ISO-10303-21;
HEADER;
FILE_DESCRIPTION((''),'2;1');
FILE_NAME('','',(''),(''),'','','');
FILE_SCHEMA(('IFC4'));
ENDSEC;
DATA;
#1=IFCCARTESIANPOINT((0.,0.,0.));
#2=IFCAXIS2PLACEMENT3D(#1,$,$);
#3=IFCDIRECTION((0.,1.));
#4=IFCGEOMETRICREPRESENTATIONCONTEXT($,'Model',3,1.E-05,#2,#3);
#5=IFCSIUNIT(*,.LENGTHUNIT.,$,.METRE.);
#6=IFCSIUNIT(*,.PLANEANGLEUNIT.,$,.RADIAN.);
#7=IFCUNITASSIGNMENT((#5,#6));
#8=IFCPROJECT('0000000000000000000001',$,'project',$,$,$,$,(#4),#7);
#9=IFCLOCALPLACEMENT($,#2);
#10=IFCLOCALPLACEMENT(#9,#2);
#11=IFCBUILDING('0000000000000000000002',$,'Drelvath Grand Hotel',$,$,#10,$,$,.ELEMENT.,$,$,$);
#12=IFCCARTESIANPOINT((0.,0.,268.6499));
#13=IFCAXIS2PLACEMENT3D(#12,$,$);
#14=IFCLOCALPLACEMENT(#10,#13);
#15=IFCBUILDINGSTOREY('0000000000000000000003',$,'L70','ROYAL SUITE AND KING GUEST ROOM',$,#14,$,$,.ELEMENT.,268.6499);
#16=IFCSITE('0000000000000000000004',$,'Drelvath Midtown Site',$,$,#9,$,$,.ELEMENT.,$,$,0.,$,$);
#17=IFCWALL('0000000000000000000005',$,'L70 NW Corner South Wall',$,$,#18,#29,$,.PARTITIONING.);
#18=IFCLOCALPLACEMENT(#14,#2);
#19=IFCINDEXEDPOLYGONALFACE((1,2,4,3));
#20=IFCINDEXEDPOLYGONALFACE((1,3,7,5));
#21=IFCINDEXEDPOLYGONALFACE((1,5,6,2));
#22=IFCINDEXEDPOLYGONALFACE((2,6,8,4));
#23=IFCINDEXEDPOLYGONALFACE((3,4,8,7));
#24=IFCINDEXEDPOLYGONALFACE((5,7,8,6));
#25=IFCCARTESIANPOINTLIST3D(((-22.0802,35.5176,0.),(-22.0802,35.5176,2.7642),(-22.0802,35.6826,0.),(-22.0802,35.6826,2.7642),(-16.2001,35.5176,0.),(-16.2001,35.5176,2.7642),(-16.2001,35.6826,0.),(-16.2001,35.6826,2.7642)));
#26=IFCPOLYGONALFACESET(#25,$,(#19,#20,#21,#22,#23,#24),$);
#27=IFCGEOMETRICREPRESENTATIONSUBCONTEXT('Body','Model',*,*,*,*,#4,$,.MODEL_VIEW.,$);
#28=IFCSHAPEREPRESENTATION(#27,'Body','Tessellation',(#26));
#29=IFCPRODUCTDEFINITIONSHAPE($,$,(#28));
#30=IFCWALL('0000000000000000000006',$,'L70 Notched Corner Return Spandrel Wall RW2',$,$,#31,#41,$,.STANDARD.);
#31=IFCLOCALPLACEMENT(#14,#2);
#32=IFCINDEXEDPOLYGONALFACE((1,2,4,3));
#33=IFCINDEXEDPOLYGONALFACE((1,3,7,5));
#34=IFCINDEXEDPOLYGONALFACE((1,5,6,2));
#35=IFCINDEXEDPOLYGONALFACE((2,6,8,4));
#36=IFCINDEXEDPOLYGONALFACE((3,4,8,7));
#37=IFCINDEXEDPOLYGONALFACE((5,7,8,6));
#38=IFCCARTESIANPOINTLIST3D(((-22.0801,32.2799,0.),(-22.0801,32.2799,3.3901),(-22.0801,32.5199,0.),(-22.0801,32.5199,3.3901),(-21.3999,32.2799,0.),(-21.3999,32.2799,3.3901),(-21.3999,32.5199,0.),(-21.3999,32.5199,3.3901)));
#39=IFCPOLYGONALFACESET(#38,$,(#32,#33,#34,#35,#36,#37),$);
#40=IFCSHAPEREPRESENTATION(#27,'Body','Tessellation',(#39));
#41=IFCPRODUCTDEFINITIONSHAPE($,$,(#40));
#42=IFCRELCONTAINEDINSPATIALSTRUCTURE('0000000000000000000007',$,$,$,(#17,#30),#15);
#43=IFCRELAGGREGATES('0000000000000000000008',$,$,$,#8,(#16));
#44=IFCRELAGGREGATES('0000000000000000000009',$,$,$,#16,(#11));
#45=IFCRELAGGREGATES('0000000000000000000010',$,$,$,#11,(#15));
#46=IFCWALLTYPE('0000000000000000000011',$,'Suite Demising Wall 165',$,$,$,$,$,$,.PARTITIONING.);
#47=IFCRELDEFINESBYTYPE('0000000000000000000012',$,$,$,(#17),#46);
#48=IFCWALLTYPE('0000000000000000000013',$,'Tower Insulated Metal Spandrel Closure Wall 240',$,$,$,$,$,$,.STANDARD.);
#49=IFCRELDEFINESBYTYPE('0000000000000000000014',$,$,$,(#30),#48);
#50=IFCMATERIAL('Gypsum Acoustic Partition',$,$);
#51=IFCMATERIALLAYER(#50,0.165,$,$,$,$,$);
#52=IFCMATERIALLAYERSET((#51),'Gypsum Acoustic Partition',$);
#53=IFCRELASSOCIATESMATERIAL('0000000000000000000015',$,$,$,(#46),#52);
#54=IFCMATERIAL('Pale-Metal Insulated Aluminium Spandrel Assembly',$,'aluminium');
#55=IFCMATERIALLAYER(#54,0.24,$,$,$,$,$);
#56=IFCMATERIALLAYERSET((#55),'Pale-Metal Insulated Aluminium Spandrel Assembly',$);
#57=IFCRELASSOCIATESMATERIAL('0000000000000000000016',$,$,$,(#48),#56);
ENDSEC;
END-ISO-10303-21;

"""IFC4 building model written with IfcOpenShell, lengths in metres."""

from ifc_helpers import new_model, si_unit, direction, frame, frame_2d, origin, place, context, subcontext, project, spatial, rectangle, extrude, material, layer, layer_set, type_object, element, save


model = new_model("IFC4")

# Units and contexts
model_context = context("Model", 3, precision=1e-05, world=origin(), true_north=direction((0.0, 1.0)))
body_context = subcontext(model_context, "Body", "Model", "MODEL_VIEW")
ifc_project = project(units=[si_unit("LENGTHUNIT", "METRE"), si_unit("PLANEANGLEUNIT", "RADIAN")], contexts=[model_context])

# Site, building, storey
site_placement = place(None, origin())
site = spatial("IfcSite", under=ifc_project, at=site_placement, Name="Drelvath Midtown Site", CompositionType="ELEMENT", RefElevation=0.0)
building_placement = place(site_placement, origin())
building = spatial("IfcBuilding", under=site, at=building_placement, Name="Drelvath Grand Hotel", CompositionType="ELEMENT")
storey_placement = place(building_placement, frame((0.0, 0.0, 268.6499)))
storey = spatial("IfcBuildingStorey", under=building, at=storey_placement, Name="L70", Description="ROYAL SUITE AND KING GUEST ROOM", CompositionType="ELEMENT", Elevation=268.6499)

# Walls
ifc_material_1 = material(Name="Gypsum Acoustic Partition")
ifc_layer_1 = layer(ifc_material_1, 0.165)
ifc_layer_set_1 = layer_set([ifc_layer_1], Name="Gypsum Acoustic Partition")
wall_type_1 = type_object("IfcWallType", Name="Suite Demising Wall 165", PredefinedType="PARTITIONING", material=ifc_layer_set_1)
wall_1_placement = place(storey_placement, frame((-22.0801, 35.6001, 0.0), z_axis=(0.0, 0.0, 1.0), x_axis=(1.0, 0.0, 0.0)))
element("IfcWall", 1, at=wall_1_placement, inside=storey, type_object=wall_type_1, Name="L70 NW Corner South Wall", PredefinedType="PARTITIONING", context=body_context, shape_type="SweptSolid", body=[
    extrude(rectangle(XDim=5.8801, YDim=0.165, at=frame_2d((2.9399, 0.0))), origin(), (0.0, 0.0, 1.0), 2.7642),
])
ifc_material_2 = material(Name="Pale-Metal Insulated Aluminium Spandrel Assembly", Category="aluminium")
ifc_layer_2 = layer(ifc_material_2, 0.24)
ifc_layer_set_2 = layer_set([ifc_layer_2], Name="Pale-Metal Insulated Aluminium Spandrel Assembly")
wall_type_2 = type_object("IfcWallType", Name="Tower Insulated Metal Spandrel Closure Wall 240", PredefinedType="STANDARD", material=ifc_layer_set_2)
wall_2_placement = place(storey_placement, frame((-21.3999, 32.3999, 0.0), z_axis=(0.0, 0.0, 1.0), x_axis=(-1.0, 0.0, 0.0)))
element("IfcWall", 2, at=wall_2_placement, inside=storey, type_object=wall_type_2, Name="L70 Notched Corner Return Spandrel Wall RW2", PredefinedType="STANDARD", context=body_context, shape_type="SweptSolid", body=[
    extrude(rectangle(XDim=0.6802, YDim=0.24, at=frame_2d((0.3401, 0.0))), origin(), (0.0, 0.0, 1.0), 3.3901),
])

save(model, "model.ifc")
